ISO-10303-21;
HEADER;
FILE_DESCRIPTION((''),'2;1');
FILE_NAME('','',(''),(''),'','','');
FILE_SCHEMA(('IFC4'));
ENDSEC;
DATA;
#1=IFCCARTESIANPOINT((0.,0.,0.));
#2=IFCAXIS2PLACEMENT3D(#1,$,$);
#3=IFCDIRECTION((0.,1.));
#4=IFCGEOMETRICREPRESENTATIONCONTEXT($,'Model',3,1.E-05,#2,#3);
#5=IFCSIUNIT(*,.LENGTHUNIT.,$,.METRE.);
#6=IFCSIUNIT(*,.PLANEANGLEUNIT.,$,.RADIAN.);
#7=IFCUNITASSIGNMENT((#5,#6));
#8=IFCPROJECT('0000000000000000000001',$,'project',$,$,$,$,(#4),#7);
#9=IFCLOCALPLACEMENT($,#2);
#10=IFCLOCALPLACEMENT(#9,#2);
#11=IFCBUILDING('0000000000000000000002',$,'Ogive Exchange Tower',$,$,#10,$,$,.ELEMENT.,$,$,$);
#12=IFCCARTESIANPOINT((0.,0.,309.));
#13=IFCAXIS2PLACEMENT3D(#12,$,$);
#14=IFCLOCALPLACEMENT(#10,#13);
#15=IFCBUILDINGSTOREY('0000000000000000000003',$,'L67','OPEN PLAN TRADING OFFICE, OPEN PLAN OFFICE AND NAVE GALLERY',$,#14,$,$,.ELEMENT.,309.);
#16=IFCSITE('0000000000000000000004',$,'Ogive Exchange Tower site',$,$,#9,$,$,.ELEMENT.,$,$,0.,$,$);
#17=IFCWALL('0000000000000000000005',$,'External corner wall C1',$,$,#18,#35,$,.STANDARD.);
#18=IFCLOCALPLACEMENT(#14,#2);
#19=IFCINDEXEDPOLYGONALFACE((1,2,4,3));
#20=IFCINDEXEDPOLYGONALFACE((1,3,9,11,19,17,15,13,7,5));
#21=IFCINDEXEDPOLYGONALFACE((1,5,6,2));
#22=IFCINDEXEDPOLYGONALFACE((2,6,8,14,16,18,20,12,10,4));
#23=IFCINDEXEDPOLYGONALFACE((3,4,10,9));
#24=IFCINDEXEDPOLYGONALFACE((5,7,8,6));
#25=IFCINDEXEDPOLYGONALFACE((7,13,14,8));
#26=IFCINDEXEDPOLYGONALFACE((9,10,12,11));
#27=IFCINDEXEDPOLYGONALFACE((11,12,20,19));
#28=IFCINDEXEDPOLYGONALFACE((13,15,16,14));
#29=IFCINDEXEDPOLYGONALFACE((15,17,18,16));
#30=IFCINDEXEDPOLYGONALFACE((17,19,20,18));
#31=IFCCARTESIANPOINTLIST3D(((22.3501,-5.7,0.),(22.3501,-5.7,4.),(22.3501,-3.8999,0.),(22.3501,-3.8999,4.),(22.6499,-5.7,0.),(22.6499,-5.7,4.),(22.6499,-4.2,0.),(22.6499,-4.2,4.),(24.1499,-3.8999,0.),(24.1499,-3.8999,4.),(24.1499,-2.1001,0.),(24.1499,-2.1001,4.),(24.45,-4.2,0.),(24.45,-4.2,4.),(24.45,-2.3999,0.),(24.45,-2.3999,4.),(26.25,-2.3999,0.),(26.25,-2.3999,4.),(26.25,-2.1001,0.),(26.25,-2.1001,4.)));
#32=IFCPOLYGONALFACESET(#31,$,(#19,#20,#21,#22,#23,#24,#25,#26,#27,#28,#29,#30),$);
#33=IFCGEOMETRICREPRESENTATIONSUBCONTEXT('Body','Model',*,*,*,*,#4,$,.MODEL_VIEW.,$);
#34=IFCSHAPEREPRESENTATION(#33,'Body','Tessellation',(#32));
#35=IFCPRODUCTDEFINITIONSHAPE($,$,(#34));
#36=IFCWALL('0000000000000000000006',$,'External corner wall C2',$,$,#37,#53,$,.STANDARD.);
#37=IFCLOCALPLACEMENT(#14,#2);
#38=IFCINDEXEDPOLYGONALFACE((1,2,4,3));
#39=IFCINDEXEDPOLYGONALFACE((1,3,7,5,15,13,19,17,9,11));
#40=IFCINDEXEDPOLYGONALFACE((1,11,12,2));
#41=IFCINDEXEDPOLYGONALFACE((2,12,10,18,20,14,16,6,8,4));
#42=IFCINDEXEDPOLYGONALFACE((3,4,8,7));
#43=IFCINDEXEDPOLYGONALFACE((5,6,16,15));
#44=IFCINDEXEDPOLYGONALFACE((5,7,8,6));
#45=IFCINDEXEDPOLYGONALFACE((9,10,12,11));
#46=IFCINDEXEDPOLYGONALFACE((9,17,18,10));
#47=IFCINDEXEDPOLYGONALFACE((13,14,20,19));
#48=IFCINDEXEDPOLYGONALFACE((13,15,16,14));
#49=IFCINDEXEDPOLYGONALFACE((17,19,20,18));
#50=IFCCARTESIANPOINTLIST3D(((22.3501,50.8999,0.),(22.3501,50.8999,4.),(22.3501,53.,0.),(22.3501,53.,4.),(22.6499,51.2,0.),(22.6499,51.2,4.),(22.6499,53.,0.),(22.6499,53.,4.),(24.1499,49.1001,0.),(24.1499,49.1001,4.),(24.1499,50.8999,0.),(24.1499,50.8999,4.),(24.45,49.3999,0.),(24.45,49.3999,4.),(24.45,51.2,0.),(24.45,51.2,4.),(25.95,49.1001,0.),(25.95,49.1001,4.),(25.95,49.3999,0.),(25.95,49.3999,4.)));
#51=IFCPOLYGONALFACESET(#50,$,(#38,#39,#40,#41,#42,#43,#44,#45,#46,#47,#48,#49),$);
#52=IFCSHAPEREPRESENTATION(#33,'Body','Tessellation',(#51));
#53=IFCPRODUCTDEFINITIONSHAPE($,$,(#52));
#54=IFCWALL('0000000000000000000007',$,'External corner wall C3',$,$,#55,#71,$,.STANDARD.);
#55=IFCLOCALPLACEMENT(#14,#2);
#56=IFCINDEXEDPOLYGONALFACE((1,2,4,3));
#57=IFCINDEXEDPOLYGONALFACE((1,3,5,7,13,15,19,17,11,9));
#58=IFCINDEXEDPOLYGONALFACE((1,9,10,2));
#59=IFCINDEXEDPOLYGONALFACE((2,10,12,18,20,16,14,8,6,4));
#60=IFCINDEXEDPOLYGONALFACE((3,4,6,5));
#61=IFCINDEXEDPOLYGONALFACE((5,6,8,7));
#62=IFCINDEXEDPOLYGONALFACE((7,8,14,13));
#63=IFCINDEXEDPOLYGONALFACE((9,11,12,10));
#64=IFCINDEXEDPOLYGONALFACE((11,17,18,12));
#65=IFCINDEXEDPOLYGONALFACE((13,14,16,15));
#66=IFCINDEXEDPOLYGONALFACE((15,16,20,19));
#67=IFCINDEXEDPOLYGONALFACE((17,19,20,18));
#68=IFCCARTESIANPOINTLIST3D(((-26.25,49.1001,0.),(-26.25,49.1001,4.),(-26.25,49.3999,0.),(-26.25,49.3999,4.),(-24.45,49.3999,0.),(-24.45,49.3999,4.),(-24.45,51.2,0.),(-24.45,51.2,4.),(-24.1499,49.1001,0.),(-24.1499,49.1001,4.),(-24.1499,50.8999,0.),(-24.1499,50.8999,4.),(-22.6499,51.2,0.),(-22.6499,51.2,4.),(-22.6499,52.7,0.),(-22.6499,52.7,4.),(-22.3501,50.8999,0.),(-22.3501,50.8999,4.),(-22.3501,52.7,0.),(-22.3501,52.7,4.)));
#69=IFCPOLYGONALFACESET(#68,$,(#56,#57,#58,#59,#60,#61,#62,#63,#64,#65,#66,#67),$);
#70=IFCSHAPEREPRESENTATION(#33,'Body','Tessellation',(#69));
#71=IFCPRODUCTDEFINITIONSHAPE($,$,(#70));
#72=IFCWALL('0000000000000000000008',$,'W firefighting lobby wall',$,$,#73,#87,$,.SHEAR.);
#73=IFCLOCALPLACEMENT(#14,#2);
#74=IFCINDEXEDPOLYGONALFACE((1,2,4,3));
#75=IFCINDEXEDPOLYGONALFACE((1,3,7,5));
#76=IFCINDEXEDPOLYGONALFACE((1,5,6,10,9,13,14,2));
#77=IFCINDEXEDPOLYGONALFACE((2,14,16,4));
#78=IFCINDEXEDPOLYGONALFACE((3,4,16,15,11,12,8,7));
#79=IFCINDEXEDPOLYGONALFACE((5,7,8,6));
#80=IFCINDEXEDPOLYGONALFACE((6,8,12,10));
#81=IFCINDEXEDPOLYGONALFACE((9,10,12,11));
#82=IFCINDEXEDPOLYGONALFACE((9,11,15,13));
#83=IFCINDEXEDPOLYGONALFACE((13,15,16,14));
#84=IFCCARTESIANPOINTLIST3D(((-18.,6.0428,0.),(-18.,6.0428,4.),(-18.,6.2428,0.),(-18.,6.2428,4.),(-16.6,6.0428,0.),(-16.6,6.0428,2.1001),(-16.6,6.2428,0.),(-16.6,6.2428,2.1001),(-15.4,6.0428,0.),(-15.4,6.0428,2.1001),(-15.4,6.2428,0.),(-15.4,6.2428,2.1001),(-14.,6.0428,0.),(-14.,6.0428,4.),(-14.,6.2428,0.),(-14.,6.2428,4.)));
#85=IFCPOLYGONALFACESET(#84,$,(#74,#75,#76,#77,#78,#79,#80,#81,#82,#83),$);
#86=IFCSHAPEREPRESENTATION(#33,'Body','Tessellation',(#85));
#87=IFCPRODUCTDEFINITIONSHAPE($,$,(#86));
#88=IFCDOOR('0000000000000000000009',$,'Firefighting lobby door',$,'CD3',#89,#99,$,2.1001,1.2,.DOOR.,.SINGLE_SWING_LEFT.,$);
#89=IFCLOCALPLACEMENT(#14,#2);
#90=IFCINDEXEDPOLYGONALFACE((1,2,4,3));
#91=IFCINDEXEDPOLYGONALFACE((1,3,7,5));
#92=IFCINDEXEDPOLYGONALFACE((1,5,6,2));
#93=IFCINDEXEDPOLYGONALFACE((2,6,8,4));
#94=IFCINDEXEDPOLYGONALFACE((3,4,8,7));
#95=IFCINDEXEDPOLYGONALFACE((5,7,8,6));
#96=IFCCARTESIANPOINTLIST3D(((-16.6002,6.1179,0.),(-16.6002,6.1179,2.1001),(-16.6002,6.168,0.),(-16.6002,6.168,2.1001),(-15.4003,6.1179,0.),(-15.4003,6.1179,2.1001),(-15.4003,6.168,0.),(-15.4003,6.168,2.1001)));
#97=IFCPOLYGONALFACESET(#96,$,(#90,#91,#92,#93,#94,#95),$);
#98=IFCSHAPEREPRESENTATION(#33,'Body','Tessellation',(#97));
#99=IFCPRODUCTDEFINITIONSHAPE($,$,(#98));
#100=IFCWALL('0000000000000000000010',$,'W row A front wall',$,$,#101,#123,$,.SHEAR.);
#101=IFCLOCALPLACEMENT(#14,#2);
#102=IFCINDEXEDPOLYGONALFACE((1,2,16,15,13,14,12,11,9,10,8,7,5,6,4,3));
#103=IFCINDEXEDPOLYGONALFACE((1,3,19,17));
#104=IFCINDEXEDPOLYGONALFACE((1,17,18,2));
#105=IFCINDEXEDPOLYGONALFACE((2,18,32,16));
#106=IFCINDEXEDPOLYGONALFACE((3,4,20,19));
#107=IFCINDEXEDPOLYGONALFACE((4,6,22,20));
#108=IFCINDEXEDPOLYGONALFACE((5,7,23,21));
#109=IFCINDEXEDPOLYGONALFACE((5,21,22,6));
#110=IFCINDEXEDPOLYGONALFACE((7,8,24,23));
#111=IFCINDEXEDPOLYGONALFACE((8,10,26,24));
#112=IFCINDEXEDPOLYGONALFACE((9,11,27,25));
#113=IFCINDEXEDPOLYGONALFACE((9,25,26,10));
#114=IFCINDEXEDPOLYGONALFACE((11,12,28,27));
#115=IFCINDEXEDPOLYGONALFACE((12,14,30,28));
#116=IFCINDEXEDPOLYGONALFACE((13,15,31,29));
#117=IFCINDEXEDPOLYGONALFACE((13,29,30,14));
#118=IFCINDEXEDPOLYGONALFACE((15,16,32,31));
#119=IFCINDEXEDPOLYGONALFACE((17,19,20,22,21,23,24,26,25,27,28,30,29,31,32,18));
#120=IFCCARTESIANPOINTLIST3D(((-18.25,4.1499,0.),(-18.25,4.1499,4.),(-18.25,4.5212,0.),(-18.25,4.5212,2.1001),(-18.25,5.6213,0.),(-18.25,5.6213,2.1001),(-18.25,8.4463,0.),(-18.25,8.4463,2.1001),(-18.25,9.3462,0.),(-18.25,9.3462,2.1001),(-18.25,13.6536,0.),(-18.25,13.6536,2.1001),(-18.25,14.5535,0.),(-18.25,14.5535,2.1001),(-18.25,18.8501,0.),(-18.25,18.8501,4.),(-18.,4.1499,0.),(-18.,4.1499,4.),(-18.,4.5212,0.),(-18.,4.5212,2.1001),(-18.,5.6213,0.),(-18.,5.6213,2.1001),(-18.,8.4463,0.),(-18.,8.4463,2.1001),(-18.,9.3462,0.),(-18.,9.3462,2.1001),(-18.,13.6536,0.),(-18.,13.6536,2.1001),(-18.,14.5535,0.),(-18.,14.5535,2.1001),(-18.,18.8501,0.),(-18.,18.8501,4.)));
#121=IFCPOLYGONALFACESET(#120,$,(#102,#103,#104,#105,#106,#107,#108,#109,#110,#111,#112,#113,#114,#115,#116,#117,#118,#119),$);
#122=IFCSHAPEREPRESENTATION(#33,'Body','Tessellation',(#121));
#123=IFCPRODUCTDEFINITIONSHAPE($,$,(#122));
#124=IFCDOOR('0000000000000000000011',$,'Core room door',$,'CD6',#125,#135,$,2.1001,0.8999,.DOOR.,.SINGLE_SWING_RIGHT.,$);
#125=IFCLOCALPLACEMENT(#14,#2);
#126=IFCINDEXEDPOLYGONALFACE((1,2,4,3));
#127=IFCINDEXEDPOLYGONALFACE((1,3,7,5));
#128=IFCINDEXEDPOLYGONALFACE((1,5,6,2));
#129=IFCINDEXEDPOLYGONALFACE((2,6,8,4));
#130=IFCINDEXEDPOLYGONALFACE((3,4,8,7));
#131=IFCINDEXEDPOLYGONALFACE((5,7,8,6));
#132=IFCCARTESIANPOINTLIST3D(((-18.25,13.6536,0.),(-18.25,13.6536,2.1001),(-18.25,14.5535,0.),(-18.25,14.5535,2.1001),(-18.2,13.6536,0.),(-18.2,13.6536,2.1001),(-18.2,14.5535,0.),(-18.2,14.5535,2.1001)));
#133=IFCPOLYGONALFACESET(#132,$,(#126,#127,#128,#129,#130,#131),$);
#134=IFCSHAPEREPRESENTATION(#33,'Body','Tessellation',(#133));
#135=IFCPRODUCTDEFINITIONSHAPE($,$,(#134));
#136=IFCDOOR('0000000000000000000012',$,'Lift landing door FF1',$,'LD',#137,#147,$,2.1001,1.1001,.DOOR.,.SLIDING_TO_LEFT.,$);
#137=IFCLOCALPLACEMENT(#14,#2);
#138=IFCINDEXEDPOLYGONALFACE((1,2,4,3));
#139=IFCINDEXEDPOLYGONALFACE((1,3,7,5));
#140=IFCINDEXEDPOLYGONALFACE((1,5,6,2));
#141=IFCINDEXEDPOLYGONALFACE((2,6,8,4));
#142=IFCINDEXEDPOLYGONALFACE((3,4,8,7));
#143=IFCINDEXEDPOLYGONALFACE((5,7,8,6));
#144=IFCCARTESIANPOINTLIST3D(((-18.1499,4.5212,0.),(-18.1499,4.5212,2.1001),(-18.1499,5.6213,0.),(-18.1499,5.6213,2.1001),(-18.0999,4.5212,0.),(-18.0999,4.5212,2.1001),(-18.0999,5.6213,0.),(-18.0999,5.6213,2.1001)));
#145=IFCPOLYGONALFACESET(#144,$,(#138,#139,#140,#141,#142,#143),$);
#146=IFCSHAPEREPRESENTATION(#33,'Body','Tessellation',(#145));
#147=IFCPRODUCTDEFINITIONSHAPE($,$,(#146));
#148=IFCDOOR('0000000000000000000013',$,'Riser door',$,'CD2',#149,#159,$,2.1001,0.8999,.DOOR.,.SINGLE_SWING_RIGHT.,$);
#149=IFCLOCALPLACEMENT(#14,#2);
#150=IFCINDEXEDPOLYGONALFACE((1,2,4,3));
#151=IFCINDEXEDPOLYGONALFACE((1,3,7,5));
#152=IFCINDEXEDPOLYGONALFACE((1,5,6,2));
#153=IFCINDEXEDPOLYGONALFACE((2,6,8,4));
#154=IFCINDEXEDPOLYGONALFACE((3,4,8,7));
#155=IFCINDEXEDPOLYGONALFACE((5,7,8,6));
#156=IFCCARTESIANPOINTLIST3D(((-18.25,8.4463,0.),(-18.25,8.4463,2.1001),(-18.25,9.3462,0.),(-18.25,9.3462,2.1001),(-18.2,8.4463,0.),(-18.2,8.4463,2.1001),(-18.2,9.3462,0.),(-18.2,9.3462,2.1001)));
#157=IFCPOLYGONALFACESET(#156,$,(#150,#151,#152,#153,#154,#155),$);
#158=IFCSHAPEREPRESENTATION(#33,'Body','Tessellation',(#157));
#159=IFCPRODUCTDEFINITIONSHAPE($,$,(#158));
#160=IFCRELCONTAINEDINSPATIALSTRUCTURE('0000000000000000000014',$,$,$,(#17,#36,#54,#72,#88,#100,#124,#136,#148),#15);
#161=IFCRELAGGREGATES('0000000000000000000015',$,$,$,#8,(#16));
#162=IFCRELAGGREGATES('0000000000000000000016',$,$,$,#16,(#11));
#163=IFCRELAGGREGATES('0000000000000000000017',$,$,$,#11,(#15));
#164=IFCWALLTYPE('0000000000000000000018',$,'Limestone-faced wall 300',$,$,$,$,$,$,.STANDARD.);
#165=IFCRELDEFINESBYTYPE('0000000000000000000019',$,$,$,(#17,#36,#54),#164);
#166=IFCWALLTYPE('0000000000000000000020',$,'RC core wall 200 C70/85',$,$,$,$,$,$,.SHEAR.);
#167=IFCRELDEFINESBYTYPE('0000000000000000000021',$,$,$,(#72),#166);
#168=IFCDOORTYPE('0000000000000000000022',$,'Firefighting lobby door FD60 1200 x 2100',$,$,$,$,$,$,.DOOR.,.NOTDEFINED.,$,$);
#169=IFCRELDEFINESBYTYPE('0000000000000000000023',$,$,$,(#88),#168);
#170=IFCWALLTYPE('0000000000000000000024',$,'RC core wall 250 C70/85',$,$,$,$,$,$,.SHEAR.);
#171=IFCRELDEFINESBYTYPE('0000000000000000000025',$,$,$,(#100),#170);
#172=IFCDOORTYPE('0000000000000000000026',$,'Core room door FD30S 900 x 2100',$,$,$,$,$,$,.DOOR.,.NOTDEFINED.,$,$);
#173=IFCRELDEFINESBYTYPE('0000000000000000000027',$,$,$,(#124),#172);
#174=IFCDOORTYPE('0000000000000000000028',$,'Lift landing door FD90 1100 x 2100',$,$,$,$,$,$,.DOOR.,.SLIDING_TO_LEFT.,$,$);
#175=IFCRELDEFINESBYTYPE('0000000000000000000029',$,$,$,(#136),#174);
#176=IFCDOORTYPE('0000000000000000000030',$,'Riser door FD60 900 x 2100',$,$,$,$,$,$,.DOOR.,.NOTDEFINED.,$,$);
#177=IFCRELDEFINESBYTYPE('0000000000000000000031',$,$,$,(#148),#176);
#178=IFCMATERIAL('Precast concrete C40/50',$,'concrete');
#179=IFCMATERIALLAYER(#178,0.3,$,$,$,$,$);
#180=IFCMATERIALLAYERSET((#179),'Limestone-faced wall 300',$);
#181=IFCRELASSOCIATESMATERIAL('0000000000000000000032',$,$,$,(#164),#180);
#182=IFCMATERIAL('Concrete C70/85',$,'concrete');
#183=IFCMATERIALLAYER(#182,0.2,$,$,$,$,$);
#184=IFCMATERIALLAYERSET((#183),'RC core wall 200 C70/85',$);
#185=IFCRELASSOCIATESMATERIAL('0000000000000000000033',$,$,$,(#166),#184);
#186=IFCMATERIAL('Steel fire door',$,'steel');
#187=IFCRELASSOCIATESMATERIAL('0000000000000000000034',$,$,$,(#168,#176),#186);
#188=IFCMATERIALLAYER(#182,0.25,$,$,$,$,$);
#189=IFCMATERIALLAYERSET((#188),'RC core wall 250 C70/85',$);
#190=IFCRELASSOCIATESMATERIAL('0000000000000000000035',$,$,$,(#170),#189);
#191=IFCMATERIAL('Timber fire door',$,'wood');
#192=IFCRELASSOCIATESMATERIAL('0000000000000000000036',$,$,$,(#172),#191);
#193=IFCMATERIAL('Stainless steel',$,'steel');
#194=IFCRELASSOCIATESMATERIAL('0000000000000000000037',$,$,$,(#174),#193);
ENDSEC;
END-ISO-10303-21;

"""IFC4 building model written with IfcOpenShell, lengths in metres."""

from ifc_helpers import new_model, si_unit, direction, frame, frame_2d, origin, place, context, subcontext, project, spatial, polyline, rectangle, outline, extrude, material, layer, layer_set, type_object, element, fill, save


model = new_model("IFC4")

# Units and contexts
model_context = context("Model", 3, precision=1e-05, world=origin(), true_north=direction((0.0, 1.0)))
body_context = subcontext(model_context, "Body", "Model", "MODEL_VIEW")
ifc_project = project(units=[si_unit("LENGTHUNIT", "METRE"), si_unit("PLANEANGLEUNIT", "RADIAN")], contexts=[model_context])

# Site, building, storey
site_placement = place(None, origin())
site = spatial("IfcSite", under=ifc_project, at=site_placement, Name="Ogive Exchange Tower site", CompositionType="ELEMENT", RefElevation=0.0)
building_placement = place(site_placement, origin())
building = spatial("IfcBuilding", under=site, at=building_placement, Name="Ogive Exchange Tower", CompositionType="ELEMENT")
storey_placement = place(building_placement, frame((0.0, 0.0, 309.0)))
storey = spatial("IfcBuildingStorey", under=building, at=storey_placement, Name="L67", Description="OPEN PLAN TRADING OFFICE, OPEN PLAN OFFICE AND NAVE GALLERY", CompositionType="ELEMENT", Elevation=309.0)

# Walls
ifc_material_1 = material(Name="Precast concrete C40/50", Category="concrete")
ifc_layer_1 = layer(ifc_material_1, 0.3)
ifc_layer_set_1 = layer_set([ifc_layer_1], Name="Limestone-faced wall 300")
wall_type_1 = type_object("IfcWallType", Name="Limestone-faced wall 300", PredefinedType="STANDARD", material=ifc_layer_set_1)
wall_1_placement = place(storey_placement, origin())
element("IfcWall", 1, at=wall_1_placement, inside=storey, type_object=wall_type_1, Name="External corner wall C1", PredefinedType="STANDARD", context=body_context, shape_type="SweptSolid", body=[
    extrude(outline(polyline([(24.1499, -3.8999), (24.1499, -2.1001), (26.25, -2.1001), (26.25, -2.3999), (24.45, -2.3999), (24.45, -4.2), (22.6499, -4.2), (22.6499, -5.7), (22.3501, -5.7), (22.3501, -3.8999), (24.1499, -3.8999)])), origin(), (0.0, 0.0, 1.0), 4.0),
])
wall_2_placement = place(storey_placement, origin())
element("IfcWall", 2, at=wall_2_placement, inside=storey, type_object=wall_type_1, Name="External corner wall C2", PredefinedType="STANDARD", context=body_context, shape_type="SweptSolid", body=[
    extrude(outline(polyline([(24.1499, 50.8999), (22.3501, 50.8999), (22.3501, 53.0), (22.6499, 53.0), (22.6499, 51.2), (24.45, 51.2), (24.45, 49.3999), (25.95, 49.3999), (25.95, 49.1001), (24.1499, 49.1001), (24.1499, 50.8999)])), origin(), (0.0, 0.0, 1.0), 4.0),
])
wall_3_placement = place(storey_placement, origin())
element("IfcWall", 3, at=wall_3_placement, inside=storey, type_object=wall_type_1, Name="External corner wall C3", PredefinedType="STANDARD", context=body_context, shape_type="SweptSolid", body=[
    extrude(outline(polyline([(-24.45, 49.3999), (-24.45, 51.2), (-22.6499, 51.2), (-22.6499, 52.7), (-22.3501, 52.7), (-22.3501, 50.8999), (-24.1499, 50.8999), (-24.1499, 49.1001), (-26.25, 49.1001), (-26.25, 49.3999), (-24.45, 49.3999)])), origin(), (0.0, 0.0, 1.0), 4.0),
])

# Wall, opening, door
ifc_material_2 = material(Name="Concrete C70/85", Category="concrete")
ifc_layer_2 = layer(ifc_material_2, 0.2)
ifc_layer_set_2 = layer_set([ifc_layer_2], Name="RC core wall 200 C70/85")
wall_type_2 = type_object("IfcWallType", Name="RC core wall 200 C70/85", PredefinedType="SHEAR", material=ifc_layer_set_2)
wall_4_placement = place(storey_placement, frame((-18.0, 6.1428, 0.0), z_axis=(0.0, 0.0, 1.0), x_axis=(1.0, 0.0, 0.0)))
wall_4 = element("IfcWall", 4, at=wall_4_placement, inside=storey, type_object=wall_type_2, Name="W firefighting lobby wall", PredefinedType="SHEAR", context=body_context, shape_type="SweptSolid", body=[
    extrude(rectangle(XDim=4.0, YDim=0.2, at=frame_2d((2.0, 0.0))), origin(), (0.0, 0.0, 1.0), 4.0),
])
opening_1_placement = place(wall_4_placement, frame((1.3999, 0.0, 0.0)))
opening_1 = element("IfcOpeningElement", 5, at=opening_1_placement, cuts=wall_4, PredefinedType="OPENING", context=body_context, shape_type="SweptSolid", body=[
    extrude(rectangle(XDim=1.2, YDim=2.1001, at=frame_2d((0.6001, 1.05))), frame((0.0, 0.1099, 0.0), z_axis=(0.0, -1.0, 0.0), x_axis=(1.0, 0.0, 0.0)), (0.0, 0.0, 1.0), 0.22),
])
ifc_material_3 = material(Name="Steel fire door", Category="steel")
door_type_1 = type_object("IfcDoorType", Name="Firefighting lobby door FD60 1200 x 2100", OperationType="NOTDEFINED", PredefinedType="DOOR", material=ifc_material_3)
door_1_placement = place(opening_1_placement, frame((1.2, 0.0, 0.0), z_axis=(0.0, 0.0, 1.0), x_axis=(-1.0, 0.0, 0.0)))
door_1 = element("IfcDoor", 6, at=door_1_placement, inside=storey, type_object=door_type_1, Name="Firefighting lobby door", ObjectType="CD3", OperationType="SINGLE_SWING_LEFT", OverallHeight=2.1001, OverallWidth=1.2, PredefinedType="DOOR", context=body_context, shape_type="SweptSolid", body=[
    extrude(rectangle(XDim=1.2, YDim=2.1001, at=frame_2d((0.6001, 1.05))), frame((0.0, 0.0249, 0.0), z_axis=(0.0, -1.0, 0.0), x_axis=(1.0, 0.0, 0.0)), (0.0, 0.0, 1.0), 0.05),
])
fill(opening_1, door_1)

# Wall, openings, doors
ifc_layer_3 = layer(ifc_material_2, 0.25)
ifc_layer_set_3 = layer_set([ifc_layer_3], Name="RC core wall 250 C70/85")
wall_type_3 = type_object("IfcWallType", Name="RC core wall 250 C70/85", PredefinedType="SHEAR", material=ifc_layer_set_3)
wall_5_placement = place(storey_placement, frame((-18.125, 4.1499, 0.0), z_axis=(0.0, 0.0, 1.0), x_axis=(0.0, 1.0, 0.0)))
wall_5 = element("IfcWall", 7, at=wall_5_placement, inside=storey, type_object=wall_type_3, Name="W row A front wall", PredefinedType="SHEAR", context=body_context, shape_type="SweptSolid", body=[
    extrude(rectangle(XDim=14.7002, YDim=0.25, at=frame_2d((7.3501, 0.0))), origin(), (0.0, 0.0, 1.0), 4.0),
])
opening_2_placement = place(wall_5_placement, frame((4.2964, 0.0, 0.0)))
opening_2 = element("IfcOpeningElement", 8, at=opening_2_placement, cuts=wall_5, PredefinedType="OPENING", context=body_context, shape_type="SweptSolid", body=[
    extrude(rectangle(XDim=0.8999, YDim=2.1001, at=frame_2d((0.45, 1.05))), frame((0.0, 0.135, 0.0), z_axis=(0.0, -1.0, 0.0), x_axis=(1.0, 0.0, 0.0)), (0.0, 0.0, 1.0), 0.27),
])
opening_3_placement = place(wall_5_placement, frame((9.5037, 0.0, 0.0)))
opening_3 = element("IfcOpeningElement", 9, at=opening_3_placement, cuts=wall_5, PredefinedType="OPENING", context=body_context, shape_type="SweptSolid", body=[
    extrude(rectangle(XDim=0.8999, YDim=2.1001, at=frame_2d((0.45, 1.05))), frame((0.0, 0.135, 0.0), z_axis=(0.0, -1.0, 0.0), x_axis=(1.0, 0.0, 0.0)), (0.0, 0.0, 1.0), 0.27),
])
opening_4_placement = place(wall_5_placement, frame((0.3713, 0.0, 0.0)))
opening_4 = element("IfcOpeningElement", 10, at=opening_4_placement, cuts=wall_5, PredefinedType="OPENING", context=body_context, shape_type="SweptSolid", body=[
    extrude(rectangle(XDim=1.1001, YDim=2.1001, at=frame_2d((0.55, 1.05))), frame((0.0, 0.135, 0.0), z_axis=(0.0, -1.0, 0.0), x_axis=(1.0, 0.0, 0.0)), (0.0, 0.0, 1.0), 0.27),
])
ifc_material_4 = material(Name="Timber fire door", Category="wood")
door_type_2 = type_object("IfcDoorType", Name="Core room door FD30S 900 x 2100", OperationType="NOTDEFINED", PredefinedType="DOOR", material=ifc_material_4)
door_2_placement = place(opening_3_placement, origin())
door_2 = element("IfcDoor", 11, at=door_2_placement, inside=storey, type_object=door_type_2, Name="Core room door", ObjectType="CD6", OperationType="SINGLE_SWING_RIGHT", OverallHeight=2.1001, OverallWidth=0.8999, PredefinedType="DOOR", context=body_context, shape_type="SweptSolid", body=[
    extrude(rectangle(XDim=0.8999, YDim=2.1001, at=frame_2d((0.45, 1.05))), frame((0.0, 0.125, 0.0), z_axis=(0.0, -1.0, 0.0), x_axis=(1.0, 0.0, 0.0)), (0.0, 0.0, 1.0), 0.05),
])
fill(opening_3, door_2)
ifc_material_5 = material(Name="Stainless steel", Category="steel")
door_type_3 = type_object("IfcDoorType", Name="Lift landing door FD90 1100 x 2100", OperationType="SLIDING_TO_LEFT", PredefinedType="DOOR", material=ifc_material_5)
door_3_placement = place(opening_4_placement, origin())
door_3 = element("IfcDoor", 12, at=door_3_placement, inside=storey, type_object=door_type_3, Name="Lift landing door FF1", ObjectType="LD", OperationType="SLIDING_TO_LEFT", OverallHeight=2.1001, OverallWidth=1.1001, PredefinedType="DOOR", context=body_context, shape_type="SweptSolid", body=[
    extrude(rectangle(XDim=1.1001, YDim=2.1001, at=frame_2d((0.55, 1.05))), frame((0.0, 0.0249, 0.0), z_axis=(0.0, -1.0, 0.0), x_axis=(1.0, 0.0, 0.0)), (0.0, 0.0, 1.0), 0.05),
])
fill(opening_4, door_3)
door_type_4 = type_object("IfcDoorType", Name="Riser door FD60 900 x 2100", OperationType="NOTDEFINED", PredefinedType="DOOR", material=ifc_material_3)
door_4_placement = place(opening_2_placement, origin())
door_4 = element("IfcDoor", 13, at=door_4_placement, inside=storey, type_object=door_type_4, Name="Riser door", ObjectType="CD2", OperationType="SINGLE_SWING_RIGHT", OverallHeight=2.1001, OverallWidth=0.8999, PredefinedType="DOOR", context=body_context, shape_type="SweptSolid", body=[
    extrude(rectangle(XDim=0.8999, YDim=2.1001, at=frame_2d((0.45, 1.05))), frame((0.0, 0.125, 0.0), z_axis=(0.0, -1.0, 0.0), x_axis=(1.0, 0.0, 0.0)), (0.0, 0.0, 1.0), 0.05),
])
fill(opening_2, door_4)

save(model, "model.ifc")
